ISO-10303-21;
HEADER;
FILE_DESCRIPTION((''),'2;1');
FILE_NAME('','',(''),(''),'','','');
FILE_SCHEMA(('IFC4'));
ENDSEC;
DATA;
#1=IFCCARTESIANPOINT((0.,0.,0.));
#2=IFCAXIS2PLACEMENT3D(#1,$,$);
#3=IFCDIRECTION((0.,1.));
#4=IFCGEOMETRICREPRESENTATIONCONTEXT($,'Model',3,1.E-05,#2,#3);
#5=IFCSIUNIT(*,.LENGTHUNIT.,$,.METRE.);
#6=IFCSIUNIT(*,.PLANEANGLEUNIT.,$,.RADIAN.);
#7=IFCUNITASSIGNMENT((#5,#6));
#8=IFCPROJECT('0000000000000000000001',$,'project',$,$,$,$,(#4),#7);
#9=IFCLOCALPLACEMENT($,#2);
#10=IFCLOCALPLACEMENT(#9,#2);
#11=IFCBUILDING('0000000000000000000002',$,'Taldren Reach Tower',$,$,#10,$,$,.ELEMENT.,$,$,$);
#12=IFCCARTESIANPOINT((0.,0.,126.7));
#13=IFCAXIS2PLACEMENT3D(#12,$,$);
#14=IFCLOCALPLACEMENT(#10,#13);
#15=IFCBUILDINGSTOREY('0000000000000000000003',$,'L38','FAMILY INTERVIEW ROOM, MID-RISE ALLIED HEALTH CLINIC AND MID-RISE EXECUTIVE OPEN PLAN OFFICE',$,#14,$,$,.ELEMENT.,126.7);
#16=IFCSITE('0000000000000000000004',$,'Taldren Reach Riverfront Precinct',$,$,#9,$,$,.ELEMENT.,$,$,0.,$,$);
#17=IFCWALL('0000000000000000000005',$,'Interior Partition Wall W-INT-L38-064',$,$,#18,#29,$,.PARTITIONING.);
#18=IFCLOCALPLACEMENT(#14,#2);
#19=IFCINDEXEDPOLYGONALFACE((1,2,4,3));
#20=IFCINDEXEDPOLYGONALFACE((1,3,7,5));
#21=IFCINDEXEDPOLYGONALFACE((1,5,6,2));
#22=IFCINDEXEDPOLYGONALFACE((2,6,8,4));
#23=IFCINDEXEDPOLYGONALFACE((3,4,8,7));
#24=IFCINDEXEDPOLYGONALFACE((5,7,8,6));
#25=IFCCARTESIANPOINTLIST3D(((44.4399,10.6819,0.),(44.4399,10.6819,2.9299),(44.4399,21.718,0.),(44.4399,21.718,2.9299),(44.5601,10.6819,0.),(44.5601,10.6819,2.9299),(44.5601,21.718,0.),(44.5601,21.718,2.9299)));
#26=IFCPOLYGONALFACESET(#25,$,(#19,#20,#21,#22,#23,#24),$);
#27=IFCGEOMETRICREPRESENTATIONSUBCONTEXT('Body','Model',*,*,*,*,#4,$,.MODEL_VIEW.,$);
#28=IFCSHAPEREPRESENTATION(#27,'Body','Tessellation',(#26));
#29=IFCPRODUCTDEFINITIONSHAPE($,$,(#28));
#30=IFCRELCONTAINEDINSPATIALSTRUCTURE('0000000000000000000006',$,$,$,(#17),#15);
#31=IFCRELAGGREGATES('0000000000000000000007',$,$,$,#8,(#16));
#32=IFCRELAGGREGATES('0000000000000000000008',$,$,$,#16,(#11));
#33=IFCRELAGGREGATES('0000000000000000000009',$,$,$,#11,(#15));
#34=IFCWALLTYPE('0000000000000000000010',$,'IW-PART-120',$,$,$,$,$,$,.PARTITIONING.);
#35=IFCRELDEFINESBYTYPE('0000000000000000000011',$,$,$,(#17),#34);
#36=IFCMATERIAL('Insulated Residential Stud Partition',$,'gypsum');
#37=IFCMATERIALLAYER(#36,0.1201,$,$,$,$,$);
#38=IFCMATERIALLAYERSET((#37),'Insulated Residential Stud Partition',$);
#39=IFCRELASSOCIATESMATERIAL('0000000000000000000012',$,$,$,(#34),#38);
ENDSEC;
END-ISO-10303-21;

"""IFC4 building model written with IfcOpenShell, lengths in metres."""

from ifc_helpers import new_model, si_unit, direction, frame, frame_2d, origin, place, context, subcontext, project, spatial, rectangle, extrude, source, transform, mapped, material, layer, layer_set, type_object, element, save


model = new_model("IFC4")

# Units and contexts
model_context = context("Model", 3, precision=1e-05, world=origin(), true_north=direction((0.0, 1.0)))
body_context = subcontext(model_context, "Body", "Model", "MODEL_VIEW")
ifc_project = project(units=[si_unit("LENGTHUNIT", "METRE"), si_unit("PLANEANGLEUNIT", "RADIAN")], contexts=[model_context])

# Site, building, storey
site_placement = place(None, origin())
site = spatial("IfcSite", under=ifc_project, at=site_placement, Name="Taldren Reach Riverfront Precinct", CompositionType="ELEMENT", RefElevation=0.0)
building_placement = place(site_placement, origin())
building = spatial("IfcBuilding", under=site, at=building_placement, Name="Taldren Reach Tower", CompositionType="ELEMENT")
storey_placement = place(building_placement, frame((0.0, 0.0, 126.7)))
storey = spatial("IfcBuildingStorey", under=building, at=storey_placement, Name="L38", Description="FAMILY INTERVIEW ROOM, MID-RISE ALLIED HEALTH CLINIC AND MID-RISE EXECUTIVE OPEN PLAN OFFICE", CompositionType="ELEMENT", Elevation=126.7)

# Wall
ifc_material_1 = material(Name="Insulated Residential Stud Partition", Category="gypsum")
ifc_layer_1 = layer(ifc_material_1, 0.1201)
ifc_layer_set_1 = layer_set([ifc_layer_1], Name="Insulated Residential Stud Partition")
wall_type_1 = type_object("IfcWallType", Name="IW-PART-120", PredefinedType="PARTITIONING", material=ifc_layer_set_1)
shared_shape_1 = source(origin(), body_context, "Body", "SweptSolid", [
    extrude(rectangle(XDim=11.0361, YDim=0.1201, at=frame_2d((5.5181, 0.0))), origin(), (0.0, 0.0, 1.0), 2.9299),
])
wall_1_placement = place(storey_placement, frame((44.5, 21.718, 0.0), z_axis=(0.0, 0.0, 1.0), x_axis=(0.0, -1.0, 0.0)))
element("IfcWall", 1, at=wall_1_placement, inside=storey, type_object=wall_type_1, Name="Interior Partition Wall W-INT-L38-064", PredefinedType="PARTITIONING", context=body_context, shape_type="MappedRepresentation", body=[
    mapped(shared_shape_1, transform((0.0, 0.0, 0.0), scale=1.0)),
])

save(model, "model.ifc")
